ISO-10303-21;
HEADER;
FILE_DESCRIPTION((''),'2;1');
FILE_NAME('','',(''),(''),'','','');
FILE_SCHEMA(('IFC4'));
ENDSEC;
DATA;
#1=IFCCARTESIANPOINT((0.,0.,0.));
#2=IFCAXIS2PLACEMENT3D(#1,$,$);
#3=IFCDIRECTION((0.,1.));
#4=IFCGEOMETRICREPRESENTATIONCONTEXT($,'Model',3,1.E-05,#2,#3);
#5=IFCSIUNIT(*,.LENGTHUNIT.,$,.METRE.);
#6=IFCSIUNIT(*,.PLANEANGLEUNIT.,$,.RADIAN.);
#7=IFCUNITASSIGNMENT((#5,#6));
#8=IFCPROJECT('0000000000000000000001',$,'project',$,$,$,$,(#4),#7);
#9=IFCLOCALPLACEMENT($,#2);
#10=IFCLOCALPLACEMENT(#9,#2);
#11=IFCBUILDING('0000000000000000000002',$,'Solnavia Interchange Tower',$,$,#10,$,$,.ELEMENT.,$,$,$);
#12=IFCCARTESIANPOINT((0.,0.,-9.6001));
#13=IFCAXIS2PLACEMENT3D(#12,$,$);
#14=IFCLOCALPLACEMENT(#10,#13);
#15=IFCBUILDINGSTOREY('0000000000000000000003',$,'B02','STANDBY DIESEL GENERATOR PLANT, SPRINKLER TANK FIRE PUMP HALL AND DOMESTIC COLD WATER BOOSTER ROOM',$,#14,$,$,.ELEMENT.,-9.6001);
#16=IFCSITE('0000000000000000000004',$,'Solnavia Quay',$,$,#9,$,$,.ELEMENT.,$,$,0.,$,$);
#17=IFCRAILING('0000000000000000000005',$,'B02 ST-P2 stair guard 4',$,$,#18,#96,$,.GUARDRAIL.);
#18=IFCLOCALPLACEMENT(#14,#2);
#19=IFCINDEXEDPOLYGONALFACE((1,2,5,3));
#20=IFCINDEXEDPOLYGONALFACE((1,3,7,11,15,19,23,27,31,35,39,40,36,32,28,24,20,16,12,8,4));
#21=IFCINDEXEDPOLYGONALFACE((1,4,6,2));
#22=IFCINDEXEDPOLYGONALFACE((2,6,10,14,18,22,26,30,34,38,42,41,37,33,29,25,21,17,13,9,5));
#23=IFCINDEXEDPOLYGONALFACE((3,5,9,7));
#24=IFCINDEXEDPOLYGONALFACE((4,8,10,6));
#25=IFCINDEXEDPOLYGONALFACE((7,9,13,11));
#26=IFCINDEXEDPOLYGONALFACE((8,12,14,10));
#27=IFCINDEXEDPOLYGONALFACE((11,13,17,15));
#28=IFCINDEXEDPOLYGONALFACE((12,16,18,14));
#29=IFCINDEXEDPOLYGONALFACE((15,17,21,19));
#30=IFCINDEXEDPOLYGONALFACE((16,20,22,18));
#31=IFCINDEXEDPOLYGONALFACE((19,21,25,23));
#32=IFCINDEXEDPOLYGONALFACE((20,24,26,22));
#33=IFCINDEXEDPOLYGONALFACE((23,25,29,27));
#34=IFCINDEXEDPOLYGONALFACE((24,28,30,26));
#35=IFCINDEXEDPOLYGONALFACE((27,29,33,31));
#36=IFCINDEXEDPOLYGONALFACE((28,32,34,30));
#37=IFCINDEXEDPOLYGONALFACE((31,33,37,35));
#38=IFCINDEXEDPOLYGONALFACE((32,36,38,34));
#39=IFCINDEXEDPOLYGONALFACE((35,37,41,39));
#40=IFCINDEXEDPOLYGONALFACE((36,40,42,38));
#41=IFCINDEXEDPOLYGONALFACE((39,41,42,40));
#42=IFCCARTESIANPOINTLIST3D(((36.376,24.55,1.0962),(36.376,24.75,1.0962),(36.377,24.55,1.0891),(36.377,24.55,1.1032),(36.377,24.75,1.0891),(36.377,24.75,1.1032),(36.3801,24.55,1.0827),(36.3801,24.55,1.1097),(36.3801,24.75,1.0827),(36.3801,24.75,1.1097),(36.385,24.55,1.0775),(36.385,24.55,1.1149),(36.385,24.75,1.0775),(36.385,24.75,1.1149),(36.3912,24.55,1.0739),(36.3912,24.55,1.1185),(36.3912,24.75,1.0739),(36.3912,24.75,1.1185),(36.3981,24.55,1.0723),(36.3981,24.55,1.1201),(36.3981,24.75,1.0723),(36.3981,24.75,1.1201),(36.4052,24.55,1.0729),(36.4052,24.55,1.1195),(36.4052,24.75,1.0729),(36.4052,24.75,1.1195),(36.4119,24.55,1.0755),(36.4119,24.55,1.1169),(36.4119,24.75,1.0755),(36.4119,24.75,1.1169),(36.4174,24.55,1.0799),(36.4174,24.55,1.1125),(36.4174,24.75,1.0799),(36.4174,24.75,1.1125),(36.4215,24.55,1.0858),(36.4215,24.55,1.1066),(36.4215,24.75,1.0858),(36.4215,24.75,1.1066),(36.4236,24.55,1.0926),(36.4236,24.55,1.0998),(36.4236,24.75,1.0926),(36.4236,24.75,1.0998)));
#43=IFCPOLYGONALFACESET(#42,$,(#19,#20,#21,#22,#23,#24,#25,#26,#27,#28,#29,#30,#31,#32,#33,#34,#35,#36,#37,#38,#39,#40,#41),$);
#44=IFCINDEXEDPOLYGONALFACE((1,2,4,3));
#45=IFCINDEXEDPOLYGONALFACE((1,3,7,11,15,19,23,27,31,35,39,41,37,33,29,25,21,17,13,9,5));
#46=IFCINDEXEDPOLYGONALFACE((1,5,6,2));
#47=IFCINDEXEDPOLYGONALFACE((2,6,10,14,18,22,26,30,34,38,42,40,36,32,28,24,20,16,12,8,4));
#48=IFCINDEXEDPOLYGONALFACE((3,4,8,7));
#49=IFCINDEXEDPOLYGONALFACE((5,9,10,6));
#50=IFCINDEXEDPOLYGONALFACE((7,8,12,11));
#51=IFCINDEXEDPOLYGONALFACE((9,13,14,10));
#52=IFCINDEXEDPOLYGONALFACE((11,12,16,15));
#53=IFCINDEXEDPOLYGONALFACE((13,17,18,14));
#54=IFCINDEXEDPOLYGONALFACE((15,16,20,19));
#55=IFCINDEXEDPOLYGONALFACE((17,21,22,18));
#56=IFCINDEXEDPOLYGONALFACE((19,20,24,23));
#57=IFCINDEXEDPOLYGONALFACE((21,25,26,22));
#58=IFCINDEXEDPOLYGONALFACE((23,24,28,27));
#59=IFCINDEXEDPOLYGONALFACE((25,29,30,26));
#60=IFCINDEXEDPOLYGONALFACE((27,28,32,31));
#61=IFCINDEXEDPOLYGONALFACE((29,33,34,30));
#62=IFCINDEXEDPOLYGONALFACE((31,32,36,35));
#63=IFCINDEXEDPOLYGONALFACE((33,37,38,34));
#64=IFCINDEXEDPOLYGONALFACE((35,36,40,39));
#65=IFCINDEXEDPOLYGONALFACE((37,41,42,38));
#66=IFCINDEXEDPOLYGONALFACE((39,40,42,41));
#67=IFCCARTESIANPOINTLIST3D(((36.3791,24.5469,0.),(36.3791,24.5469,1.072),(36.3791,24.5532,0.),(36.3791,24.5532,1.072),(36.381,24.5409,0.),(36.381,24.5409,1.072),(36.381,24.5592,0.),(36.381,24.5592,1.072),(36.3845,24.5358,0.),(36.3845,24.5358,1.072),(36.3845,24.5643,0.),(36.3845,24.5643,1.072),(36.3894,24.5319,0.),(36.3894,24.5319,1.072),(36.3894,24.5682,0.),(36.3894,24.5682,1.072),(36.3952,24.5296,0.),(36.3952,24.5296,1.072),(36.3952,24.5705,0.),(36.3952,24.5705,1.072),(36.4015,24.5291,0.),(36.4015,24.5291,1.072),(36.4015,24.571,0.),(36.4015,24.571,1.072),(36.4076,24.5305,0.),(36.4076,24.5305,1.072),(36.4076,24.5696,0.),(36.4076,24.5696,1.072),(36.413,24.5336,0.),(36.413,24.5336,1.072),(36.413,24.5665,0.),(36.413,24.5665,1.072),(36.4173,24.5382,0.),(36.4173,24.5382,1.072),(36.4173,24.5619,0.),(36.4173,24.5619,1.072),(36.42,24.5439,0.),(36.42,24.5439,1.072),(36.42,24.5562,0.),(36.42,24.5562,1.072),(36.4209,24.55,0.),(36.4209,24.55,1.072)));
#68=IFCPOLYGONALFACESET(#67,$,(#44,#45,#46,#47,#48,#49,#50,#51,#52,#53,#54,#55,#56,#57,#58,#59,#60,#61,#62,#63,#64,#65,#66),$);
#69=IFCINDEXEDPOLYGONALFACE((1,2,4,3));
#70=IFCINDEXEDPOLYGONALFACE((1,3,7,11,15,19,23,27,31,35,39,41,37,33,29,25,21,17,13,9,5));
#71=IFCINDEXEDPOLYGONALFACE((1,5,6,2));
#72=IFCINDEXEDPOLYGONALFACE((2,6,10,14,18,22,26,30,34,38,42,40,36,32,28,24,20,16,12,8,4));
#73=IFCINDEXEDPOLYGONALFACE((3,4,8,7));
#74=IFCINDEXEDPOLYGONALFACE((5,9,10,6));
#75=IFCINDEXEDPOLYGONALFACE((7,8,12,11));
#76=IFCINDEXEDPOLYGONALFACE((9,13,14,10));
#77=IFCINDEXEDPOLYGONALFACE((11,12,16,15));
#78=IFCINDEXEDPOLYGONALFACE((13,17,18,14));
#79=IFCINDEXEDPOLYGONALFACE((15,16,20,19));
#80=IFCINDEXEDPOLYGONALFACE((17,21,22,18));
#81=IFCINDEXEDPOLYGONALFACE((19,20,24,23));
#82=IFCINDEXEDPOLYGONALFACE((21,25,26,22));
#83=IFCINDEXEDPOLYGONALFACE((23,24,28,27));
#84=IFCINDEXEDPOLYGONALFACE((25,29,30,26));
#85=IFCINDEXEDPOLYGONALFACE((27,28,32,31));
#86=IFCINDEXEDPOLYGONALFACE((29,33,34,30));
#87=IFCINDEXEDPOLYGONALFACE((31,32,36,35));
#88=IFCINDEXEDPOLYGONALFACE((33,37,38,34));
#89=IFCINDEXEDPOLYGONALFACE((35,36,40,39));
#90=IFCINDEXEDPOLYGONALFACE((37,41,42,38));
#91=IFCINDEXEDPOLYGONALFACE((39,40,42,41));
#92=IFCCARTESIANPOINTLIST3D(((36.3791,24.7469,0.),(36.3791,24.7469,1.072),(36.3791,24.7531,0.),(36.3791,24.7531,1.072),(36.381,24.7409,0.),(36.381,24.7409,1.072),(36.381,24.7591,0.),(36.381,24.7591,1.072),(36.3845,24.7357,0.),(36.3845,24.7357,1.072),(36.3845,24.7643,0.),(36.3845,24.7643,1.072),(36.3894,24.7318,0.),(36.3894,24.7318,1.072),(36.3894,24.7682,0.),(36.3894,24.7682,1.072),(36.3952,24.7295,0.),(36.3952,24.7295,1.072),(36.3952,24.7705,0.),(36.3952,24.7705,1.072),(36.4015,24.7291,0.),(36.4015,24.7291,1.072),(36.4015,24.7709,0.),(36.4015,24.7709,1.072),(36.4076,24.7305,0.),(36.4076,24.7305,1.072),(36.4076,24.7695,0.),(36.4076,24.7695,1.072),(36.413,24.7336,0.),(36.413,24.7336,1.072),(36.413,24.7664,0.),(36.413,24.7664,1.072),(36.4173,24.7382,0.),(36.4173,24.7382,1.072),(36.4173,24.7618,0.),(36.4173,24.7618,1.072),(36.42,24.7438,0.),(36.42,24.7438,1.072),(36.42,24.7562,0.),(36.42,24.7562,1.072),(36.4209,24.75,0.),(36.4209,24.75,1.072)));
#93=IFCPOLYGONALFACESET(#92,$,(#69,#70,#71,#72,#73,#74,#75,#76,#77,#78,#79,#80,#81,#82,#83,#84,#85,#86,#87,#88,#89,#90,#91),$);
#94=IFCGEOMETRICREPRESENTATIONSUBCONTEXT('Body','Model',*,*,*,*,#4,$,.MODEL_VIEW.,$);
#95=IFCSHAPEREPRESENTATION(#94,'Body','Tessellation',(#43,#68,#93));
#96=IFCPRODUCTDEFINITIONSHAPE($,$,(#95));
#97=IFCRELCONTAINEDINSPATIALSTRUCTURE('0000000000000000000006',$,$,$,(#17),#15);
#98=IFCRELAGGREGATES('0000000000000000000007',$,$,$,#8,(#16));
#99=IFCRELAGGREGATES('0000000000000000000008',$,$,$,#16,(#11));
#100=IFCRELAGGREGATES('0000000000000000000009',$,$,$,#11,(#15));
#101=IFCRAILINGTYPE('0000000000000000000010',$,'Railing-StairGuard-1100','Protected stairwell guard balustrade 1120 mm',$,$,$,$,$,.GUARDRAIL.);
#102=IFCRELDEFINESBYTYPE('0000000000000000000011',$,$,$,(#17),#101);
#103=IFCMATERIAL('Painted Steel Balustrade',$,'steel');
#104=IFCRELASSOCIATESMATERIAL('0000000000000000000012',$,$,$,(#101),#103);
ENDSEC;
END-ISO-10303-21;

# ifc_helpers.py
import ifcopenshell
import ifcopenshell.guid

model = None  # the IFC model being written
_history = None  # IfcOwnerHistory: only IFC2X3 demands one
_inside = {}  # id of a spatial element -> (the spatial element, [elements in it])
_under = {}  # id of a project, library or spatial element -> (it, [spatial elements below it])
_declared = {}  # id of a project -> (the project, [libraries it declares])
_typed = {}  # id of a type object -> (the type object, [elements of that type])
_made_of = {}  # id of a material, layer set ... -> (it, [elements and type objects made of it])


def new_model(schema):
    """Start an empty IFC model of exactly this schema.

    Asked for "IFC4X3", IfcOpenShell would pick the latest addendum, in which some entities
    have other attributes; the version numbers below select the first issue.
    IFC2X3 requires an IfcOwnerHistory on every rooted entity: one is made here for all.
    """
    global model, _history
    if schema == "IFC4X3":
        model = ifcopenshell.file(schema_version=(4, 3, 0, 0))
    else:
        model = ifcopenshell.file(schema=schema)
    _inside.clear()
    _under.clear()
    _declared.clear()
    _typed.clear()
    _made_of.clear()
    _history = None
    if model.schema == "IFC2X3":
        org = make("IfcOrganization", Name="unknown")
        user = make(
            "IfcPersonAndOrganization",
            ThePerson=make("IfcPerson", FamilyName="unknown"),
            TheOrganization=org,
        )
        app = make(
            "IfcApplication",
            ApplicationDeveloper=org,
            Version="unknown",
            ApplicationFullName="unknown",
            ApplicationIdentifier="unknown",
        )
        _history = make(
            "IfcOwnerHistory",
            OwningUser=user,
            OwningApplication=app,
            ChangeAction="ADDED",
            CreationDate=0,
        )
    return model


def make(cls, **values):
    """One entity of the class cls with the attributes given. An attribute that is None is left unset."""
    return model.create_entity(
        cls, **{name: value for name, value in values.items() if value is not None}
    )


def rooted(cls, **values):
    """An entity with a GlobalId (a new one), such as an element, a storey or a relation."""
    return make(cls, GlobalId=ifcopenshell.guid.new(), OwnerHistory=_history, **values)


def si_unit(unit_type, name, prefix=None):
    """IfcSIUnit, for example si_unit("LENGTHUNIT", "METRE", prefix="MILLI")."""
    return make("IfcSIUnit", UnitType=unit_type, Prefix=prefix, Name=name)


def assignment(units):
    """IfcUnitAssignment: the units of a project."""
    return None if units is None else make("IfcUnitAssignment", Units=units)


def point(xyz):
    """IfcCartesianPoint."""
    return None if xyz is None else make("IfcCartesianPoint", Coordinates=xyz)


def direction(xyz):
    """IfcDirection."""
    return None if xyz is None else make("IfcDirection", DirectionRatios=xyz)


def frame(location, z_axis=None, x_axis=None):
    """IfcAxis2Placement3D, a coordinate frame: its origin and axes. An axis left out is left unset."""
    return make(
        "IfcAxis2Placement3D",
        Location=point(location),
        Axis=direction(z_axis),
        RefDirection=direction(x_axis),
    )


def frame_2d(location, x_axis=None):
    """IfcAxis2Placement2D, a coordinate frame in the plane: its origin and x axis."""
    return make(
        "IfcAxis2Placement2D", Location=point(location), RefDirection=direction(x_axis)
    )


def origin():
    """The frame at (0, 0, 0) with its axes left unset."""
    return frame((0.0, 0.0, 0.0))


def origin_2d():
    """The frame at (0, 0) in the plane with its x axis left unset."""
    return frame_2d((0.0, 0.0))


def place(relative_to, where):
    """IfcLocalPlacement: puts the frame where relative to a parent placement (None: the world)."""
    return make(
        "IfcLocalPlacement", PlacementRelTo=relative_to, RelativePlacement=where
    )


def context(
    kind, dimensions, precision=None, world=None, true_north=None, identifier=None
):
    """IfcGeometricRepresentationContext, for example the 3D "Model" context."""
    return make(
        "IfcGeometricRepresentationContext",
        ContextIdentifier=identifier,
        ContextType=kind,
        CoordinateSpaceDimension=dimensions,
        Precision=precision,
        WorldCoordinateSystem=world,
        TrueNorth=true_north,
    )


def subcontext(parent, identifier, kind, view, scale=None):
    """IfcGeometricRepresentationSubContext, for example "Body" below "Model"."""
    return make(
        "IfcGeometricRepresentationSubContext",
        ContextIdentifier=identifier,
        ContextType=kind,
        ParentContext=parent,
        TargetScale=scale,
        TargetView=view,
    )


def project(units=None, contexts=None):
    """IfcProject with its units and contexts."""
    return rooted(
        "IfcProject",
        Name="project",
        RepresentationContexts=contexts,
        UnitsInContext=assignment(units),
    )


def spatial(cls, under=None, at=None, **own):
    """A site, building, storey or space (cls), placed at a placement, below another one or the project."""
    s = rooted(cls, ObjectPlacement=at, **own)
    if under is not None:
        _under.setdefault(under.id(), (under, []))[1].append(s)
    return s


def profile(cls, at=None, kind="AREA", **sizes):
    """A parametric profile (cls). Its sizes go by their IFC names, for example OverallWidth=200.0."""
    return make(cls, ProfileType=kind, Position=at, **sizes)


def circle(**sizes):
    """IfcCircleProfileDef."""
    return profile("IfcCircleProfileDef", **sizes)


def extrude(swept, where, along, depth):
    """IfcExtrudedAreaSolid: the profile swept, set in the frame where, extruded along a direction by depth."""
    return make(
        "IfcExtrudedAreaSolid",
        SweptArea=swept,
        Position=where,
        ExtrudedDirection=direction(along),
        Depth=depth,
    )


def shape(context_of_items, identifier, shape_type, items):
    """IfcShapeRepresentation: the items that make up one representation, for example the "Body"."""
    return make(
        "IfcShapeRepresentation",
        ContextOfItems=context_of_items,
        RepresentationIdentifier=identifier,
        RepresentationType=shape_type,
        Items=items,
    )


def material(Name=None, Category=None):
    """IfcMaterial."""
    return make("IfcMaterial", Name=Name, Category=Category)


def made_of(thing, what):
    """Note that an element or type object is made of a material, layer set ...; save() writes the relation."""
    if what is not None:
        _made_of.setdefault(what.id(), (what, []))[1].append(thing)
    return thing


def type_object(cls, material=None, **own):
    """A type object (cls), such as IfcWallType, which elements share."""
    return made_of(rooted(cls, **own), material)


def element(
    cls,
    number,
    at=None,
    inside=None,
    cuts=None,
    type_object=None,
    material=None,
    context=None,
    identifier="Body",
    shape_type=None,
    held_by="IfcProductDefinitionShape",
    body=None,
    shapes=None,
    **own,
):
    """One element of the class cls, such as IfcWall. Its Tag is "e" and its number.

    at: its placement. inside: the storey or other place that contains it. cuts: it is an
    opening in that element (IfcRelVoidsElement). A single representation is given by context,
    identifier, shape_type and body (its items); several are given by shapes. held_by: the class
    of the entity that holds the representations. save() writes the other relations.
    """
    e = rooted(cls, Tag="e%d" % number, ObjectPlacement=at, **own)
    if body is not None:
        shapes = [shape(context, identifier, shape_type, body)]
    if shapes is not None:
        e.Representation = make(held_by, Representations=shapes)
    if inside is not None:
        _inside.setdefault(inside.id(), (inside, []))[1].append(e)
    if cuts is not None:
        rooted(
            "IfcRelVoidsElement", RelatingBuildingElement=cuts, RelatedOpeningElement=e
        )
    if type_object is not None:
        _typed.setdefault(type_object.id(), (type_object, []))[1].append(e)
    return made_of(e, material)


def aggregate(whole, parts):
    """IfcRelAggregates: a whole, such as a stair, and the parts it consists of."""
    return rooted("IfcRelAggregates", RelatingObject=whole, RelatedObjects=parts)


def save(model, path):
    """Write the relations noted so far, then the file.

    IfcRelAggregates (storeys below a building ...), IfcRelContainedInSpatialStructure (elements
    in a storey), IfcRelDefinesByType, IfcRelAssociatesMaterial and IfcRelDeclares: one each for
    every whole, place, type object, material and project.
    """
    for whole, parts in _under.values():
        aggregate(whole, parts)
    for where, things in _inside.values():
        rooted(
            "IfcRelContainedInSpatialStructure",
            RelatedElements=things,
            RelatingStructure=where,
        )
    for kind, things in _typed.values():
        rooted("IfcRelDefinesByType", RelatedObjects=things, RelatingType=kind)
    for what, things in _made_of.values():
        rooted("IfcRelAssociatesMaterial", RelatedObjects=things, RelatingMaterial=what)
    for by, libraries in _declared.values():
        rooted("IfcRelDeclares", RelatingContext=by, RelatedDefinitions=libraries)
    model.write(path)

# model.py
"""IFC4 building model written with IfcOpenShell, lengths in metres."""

from ifc_helpers import new_model, si_unit, direction, frame, origin, origin_2d, place, context, subcontext, project, spatial, circle, extrude, material, type_object, element, save


model = new_model("IFC4")

# Units and contexts
model_context = context("Model", 3, precision=1e-05, world=origin(), true_north=direction((0.0, 1.0)))
body_context = subcontext(model_context, "Body", "Model", "MODEL_VIEW")
ifc_project = project(units=[si_unit("LENGTHUNIT", "METRE"), si_unit("PLANEANGLEUNIT", "RADIAN")], contexts=[model_context])

# Site, building, storey
site_placement = place(None, origin())
site = spatial("IfcSite", under=ifc_project, at=site_placement, Name="Solnavia Quay", CompositionType="ELEMENT", RefElevation=0.0)
building_placement = place(site_placement, origin())
building = spatial("IfcBuilding", under=site, at=building_placement, Name="Solnavia Interchange Tower", CompositionType="ELEMENT")
storey_placement = place(building_placement, frame((0.0, 0.0, -9.6001)))
storey = spatial("IfcBuildingStorey", under=building, at=storey_placement, Name="B02", Description="STANDBY DIESEL GENERATOR PLANT, SPRINKLER TANK FIRE PUMP HALL AND DOMESTIC COLD WATER BOOSTER ROOM", CompositionType="ELEMENT", Elevation=-9.6001)

# Railing
ifc_material_1 = material(Name="Painted Steel Balustrade", Category="steel")
railing_type_1 = type_object("IfcRailingType", Name="Railing-StairGuard-1100", Description="Protected stairwell guard balustrade 1120 mm", PredefinedType="GUARDRAIL", material=ifc_material_1)
railing_1_placement = place(storey_placement, frame((36.3999, 24.55, 0.0)))
element("IfcRailing", 1, at=railing_1_placement, inside=storey, type_object=railing_type_1, Name="B02 ST-P2 stair guard 4", PredefinedType="GUARDRAIL", context=body_context, shape_type="SweptSolid", body=[
    extrude(circle(Radius=0.0239, at=origin_2d()), frame((0.0, 0.0, 1.0962), z_axis=(0.0, 1.0, 0.0), x_axis=(-1.0, 0.0, 0.0)), (0.0, 0.0, 1.0), 0.2),
    extrude(circle(Radius=0.021, at=origin_2d()), origin(), (0.0, 0.0, 1.0), 1.072),
    extrude(circle(Radius=0.021, at=origin_2d()), frame((0.0, 0.2, 0.0)), (0.0, 0.0, 1.0), 1.072),
])

save(model, "model.ifc")
